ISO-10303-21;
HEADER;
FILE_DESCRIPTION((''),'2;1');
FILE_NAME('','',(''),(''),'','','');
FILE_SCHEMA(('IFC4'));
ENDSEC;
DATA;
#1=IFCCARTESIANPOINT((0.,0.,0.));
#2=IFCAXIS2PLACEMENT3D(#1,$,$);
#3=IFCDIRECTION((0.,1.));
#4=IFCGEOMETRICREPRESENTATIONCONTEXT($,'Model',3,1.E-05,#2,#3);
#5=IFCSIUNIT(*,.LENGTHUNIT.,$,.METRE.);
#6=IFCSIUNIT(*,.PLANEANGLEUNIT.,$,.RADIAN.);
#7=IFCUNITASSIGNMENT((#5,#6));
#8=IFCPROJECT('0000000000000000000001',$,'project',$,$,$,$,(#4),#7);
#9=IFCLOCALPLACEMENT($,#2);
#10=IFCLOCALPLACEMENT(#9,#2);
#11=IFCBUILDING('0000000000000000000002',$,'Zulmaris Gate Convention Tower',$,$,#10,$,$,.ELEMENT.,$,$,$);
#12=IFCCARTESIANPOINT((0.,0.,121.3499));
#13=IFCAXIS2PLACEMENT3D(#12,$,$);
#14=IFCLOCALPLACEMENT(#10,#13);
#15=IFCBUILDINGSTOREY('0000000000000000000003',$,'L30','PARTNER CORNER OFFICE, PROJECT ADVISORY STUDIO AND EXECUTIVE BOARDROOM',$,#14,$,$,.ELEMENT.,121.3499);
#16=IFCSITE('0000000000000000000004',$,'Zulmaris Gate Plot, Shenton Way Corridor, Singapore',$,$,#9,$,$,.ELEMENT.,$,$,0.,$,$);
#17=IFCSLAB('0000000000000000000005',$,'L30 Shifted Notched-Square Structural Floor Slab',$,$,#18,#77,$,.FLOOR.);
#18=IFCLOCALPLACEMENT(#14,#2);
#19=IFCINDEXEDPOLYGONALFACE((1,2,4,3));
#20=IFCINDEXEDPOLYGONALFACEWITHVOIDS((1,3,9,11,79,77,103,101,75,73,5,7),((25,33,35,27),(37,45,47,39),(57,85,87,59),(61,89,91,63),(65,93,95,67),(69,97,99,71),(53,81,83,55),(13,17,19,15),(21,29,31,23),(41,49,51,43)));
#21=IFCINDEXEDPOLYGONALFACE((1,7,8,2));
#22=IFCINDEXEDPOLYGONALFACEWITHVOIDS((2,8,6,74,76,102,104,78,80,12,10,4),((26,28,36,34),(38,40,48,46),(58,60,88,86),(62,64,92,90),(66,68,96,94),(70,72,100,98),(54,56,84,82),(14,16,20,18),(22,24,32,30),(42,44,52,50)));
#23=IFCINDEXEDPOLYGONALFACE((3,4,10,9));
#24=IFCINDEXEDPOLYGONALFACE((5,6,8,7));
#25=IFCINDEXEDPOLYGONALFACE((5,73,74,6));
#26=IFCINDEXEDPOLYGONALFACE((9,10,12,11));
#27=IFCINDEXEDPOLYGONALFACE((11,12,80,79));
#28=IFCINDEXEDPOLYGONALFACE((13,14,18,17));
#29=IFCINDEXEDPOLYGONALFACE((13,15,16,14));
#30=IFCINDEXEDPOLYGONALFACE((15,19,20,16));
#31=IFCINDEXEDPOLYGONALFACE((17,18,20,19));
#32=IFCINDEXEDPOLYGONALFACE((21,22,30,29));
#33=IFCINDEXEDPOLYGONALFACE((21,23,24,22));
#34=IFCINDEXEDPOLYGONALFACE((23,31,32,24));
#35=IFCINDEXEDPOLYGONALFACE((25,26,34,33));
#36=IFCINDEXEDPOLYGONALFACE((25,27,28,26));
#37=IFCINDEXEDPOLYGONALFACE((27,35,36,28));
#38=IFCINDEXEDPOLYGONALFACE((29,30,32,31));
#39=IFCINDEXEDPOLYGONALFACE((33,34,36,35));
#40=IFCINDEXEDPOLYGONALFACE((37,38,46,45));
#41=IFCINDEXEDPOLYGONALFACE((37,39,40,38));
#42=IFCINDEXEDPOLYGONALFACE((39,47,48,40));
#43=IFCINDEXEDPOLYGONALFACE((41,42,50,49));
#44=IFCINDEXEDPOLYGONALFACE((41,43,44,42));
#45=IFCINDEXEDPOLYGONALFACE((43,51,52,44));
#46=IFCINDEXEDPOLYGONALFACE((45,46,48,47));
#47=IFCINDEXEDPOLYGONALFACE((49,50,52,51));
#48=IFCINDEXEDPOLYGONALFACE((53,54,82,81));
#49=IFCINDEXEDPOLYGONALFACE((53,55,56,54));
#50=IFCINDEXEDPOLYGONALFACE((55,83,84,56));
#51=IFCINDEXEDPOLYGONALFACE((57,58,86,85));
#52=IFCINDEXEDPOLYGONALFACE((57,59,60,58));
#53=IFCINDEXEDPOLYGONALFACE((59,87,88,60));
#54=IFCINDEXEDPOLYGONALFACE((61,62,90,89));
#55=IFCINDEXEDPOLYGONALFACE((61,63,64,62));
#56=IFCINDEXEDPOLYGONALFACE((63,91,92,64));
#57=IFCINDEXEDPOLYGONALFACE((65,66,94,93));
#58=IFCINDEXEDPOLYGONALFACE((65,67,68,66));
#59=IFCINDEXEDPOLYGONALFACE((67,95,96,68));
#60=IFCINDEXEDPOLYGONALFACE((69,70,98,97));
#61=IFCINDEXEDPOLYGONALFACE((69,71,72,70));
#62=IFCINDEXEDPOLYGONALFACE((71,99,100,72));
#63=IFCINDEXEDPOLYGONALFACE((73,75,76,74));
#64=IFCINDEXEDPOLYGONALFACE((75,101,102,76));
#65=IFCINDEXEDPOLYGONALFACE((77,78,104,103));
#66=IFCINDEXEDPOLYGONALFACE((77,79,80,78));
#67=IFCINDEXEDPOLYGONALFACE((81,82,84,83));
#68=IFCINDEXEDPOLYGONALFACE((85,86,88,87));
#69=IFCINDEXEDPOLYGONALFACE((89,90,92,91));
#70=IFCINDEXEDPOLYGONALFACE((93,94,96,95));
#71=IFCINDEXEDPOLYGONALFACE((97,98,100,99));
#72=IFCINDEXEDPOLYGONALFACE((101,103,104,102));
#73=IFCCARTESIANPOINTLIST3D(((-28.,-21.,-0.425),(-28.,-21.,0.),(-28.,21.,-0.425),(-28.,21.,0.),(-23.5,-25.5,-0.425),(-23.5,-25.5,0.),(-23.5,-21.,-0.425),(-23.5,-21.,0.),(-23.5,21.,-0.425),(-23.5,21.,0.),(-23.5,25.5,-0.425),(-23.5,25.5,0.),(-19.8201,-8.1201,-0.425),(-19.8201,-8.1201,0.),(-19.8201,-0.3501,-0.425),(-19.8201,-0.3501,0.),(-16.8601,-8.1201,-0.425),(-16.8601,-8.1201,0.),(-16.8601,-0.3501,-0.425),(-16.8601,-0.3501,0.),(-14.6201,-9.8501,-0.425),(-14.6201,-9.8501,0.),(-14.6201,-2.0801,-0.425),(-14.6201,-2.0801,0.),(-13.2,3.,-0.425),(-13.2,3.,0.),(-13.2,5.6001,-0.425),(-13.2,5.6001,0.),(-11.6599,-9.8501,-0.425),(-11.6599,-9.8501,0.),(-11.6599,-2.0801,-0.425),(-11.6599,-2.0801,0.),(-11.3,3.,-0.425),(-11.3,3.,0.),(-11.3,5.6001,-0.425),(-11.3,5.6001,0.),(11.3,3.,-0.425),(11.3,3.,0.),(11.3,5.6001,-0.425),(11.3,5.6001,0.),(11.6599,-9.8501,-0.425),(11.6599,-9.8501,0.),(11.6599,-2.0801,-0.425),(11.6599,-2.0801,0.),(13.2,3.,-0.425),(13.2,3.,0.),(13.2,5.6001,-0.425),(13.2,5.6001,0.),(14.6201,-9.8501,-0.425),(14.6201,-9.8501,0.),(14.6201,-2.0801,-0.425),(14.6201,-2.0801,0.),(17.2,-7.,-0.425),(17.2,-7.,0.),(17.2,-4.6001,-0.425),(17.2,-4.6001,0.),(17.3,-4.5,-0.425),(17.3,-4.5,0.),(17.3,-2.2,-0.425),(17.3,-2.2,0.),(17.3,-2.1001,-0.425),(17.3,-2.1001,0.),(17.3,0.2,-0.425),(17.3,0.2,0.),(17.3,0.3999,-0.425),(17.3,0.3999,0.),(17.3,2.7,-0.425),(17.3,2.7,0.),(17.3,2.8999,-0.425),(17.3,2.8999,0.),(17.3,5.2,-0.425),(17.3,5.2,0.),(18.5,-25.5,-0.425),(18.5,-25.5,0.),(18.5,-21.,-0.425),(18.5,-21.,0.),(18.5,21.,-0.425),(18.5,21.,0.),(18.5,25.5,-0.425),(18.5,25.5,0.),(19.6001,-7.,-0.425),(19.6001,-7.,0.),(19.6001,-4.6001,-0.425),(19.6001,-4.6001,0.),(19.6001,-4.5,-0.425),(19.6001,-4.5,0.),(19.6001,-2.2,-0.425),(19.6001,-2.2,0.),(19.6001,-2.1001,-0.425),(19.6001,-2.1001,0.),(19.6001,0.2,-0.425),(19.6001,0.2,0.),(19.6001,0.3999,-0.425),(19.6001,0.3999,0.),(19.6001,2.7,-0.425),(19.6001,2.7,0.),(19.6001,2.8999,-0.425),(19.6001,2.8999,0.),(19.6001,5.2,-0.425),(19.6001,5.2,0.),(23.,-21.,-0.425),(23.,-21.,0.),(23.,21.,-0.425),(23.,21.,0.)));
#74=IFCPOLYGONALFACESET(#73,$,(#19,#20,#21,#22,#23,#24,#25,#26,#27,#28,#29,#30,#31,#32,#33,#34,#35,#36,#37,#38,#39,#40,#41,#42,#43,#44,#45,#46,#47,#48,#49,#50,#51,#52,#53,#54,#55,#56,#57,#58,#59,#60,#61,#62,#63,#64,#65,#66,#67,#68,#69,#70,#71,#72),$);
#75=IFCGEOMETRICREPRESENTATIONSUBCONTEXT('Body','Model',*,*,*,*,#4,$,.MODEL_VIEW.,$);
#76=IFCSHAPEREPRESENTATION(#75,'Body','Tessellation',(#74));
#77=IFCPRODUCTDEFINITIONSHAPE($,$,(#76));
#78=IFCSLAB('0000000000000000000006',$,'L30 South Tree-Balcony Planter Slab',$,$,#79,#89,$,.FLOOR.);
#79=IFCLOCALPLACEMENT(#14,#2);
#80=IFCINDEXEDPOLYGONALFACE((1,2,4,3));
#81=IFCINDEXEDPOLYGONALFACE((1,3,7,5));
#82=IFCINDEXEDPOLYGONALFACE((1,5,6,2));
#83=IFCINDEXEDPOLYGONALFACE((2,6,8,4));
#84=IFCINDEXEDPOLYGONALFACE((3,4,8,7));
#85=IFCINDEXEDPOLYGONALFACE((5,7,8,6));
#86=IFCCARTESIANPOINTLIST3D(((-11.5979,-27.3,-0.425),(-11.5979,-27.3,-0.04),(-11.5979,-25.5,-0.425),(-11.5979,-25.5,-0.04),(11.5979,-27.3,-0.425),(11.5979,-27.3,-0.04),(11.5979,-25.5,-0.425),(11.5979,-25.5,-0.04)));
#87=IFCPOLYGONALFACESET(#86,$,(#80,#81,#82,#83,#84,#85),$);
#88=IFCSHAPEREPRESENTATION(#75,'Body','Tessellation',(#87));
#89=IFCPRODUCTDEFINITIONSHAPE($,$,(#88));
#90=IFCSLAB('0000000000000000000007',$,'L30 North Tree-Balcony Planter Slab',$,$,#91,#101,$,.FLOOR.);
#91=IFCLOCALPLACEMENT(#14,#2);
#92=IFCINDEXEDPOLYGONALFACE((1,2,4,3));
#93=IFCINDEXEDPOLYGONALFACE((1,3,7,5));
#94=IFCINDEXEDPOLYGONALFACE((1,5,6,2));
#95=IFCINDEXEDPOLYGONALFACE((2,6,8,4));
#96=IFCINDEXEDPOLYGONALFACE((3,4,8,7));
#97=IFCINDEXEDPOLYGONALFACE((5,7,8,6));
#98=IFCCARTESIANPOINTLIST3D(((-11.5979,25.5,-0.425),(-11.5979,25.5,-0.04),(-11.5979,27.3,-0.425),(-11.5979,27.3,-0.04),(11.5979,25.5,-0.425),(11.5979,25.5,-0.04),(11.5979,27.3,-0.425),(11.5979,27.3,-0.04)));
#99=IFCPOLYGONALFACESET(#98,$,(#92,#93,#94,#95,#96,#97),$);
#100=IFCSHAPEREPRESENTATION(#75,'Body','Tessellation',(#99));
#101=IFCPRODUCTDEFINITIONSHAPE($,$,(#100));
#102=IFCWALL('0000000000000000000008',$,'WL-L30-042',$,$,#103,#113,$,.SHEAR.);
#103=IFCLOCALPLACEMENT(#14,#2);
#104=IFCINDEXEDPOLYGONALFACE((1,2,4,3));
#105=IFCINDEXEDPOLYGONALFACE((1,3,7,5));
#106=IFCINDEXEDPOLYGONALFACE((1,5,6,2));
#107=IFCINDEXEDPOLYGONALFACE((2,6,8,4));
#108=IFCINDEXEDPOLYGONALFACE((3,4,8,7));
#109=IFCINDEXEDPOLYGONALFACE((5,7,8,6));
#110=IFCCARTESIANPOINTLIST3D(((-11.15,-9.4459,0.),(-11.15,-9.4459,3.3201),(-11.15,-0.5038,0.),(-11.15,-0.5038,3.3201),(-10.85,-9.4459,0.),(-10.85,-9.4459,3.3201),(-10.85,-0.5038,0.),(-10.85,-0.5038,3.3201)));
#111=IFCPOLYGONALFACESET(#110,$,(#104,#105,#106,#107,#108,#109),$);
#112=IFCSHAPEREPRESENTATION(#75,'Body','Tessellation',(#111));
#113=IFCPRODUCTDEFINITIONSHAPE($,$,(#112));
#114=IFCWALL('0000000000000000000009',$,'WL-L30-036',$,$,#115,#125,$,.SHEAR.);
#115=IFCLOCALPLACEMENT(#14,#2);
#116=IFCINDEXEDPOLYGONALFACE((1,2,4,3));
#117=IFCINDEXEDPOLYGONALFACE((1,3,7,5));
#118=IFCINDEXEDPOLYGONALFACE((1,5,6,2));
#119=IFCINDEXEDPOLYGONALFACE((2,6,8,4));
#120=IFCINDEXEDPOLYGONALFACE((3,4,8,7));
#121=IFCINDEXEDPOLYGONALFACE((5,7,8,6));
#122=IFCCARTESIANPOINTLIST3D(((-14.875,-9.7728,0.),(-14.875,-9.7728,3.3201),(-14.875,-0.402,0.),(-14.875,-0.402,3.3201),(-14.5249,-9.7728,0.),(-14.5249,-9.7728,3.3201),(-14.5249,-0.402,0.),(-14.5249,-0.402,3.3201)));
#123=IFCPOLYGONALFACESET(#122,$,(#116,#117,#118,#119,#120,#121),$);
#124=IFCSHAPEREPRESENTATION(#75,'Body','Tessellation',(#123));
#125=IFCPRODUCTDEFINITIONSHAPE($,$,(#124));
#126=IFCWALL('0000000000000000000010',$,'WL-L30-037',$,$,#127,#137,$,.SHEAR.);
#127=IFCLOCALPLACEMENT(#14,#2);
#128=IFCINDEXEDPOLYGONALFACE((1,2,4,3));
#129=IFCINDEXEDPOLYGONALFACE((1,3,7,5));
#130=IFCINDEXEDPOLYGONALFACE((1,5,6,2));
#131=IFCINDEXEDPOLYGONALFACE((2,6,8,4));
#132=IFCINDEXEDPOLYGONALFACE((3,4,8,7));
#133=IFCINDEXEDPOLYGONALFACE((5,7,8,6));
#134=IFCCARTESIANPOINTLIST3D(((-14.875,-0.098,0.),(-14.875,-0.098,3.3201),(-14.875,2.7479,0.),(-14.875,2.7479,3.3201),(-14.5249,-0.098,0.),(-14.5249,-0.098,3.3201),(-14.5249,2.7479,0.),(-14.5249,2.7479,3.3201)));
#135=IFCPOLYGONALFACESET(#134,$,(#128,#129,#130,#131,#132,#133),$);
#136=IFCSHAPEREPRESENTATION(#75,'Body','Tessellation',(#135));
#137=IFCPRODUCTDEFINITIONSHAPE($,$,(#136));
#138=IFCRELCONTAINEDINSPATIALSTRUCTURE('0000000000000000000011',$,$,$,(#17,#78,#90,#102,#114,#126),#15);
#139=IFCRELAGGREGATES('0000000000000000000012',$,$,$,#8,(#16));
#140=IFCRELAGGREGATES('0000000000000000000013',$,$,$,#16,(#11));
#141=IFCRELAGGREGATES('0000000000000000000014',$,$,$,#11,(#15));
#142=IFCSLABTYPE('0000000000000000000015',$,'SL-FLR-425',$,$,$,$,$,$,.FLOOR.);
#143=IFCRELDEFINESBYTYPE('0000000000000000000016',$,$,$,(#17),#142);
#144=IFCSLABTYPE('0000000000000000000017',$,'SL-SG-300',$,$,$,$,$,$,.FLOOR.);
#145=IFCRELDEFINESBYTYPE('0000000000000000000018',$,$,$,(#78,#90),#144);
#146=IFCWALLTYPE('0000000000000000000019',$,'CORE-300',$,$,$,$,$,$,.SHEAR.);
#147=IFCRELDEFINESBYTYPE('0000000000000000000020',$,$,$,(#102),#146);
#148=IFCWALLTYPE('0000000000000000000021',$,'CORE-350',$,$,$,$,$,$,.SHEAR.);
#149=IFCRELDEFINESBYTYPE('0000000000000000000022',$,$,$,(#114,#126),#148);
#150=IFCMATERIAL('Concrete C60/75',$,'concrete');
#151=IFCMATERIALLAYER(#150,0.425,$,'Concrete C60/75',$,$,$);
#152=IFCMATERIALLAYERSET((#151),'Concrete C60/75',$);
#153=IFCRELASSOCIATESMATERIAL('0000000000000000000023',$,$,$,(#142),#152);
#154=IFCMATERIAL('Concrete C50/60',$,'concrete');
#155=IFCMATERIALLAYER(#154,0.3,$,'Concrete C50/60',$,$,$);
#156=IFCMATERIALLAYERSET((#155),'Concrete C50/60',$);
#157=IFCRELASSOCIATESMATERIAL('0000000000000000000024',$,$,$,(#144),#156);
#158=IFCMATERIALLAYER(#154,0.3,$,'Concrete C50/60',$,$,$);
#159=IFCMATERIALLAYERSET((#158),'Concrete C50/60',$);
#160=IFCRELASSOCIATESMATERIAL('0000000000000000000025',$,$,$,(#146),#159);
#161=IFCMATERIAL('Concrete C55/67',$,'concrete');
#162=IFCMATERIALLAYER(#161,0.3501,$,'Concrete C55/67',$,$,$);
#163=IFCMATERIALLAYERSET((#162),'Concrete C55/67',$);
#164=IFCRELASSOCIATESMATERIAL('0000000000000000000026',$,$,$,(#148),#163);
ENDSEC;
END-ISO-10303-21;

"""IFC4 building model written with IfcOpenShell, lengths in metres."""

from ifc_helpers import new_model, si_unit, direction, frame, frame_2d, origin, place, context, subcontext, project, spatial, polyline, rectangle, outline, extrude, material, layer, layer_set, type_object, element, save


model = new_model("IFC4")

# Units and contexts
model_context = context("Model", 3, precision=1e-05, world=origin(), true_north=direction((0.0, 1.0)))
body_context = subcontext(model_context, "Body", "Model", "MODEL_VIEW")
ifc_project = project(units=[si_unit("LENGTHUNIT", "METRE"), si_unit("PLANEANGLEUNIT", "RADIAN")], contexts=[model_context])

# Site, building, storey
site_placement = place(None, origin())
site = spatial("IfcSite", under=ifc_project, at=site_placement, Name="Zulmaris Gate Plot, Shenton Way Corridor, Singapore", CompositionType="ELEMENT", RefElevation=0.0)
building_placement = place(site_placement, origin())
building = spatial("IfcBuilding", under=site, at=building_placement, Name="Zulmaris Gate Convention Tower", CompositionType="ELEMENT")
storey_placement = place(building_placement, frame((0.0, 0.0, 121.3499)))
storey = spatial("IfcBuildingStorey", under=building, at=storey_placement, Name="L30", Description="PARTNER CORNER OFFICE, PROJECT ADVISORY STUDIO AND EXECUTIVE BOARDROOM", CompositionType="ELEMENT", Elevation=121.3499)

# Shared definitions
ifc_material_1 = material(Name="Concrete C60/75", Category="concrete")

# Slabs
ifc_layer_1 = layer(ifc_material_1, 0.425, Name="Concrete C60/75")
ifc_layer_set_1 = layer_set([ifc_layer_1], Name="Concrete C60/75")
slab_type_1 = type_object("IfcSlabType", Name="SL-FLR-425", PredefinedType="FLOOR", material=ifc_layer_set_1)
slab_1_placement = place(storey_placement, frame((0.0, 0.0, -0.425)))
element("IfcSlab", 1, at=slab_1_placement, inside=storey, type_object=slab_type_1, Name="L30 Shifted Notched-Square Structural Floor Slab", PredefinedType="FLOOR", context=body_context, shape_type="SweptSolid", body=[
    extrude(outline(polyline([(-23.5, -25.5), (18.5, -25.5), (18.5, -21.0), (23.0, -21.0), (23.0, 21.0), (18.5, 21.0), (18.5, 25.5), (-23.5, 25.5), (-23.5, 21.0), (-28.0, 21.0), (-28.0, -21.0), (-23.5, -21.0), (-23.5, -25.5)]), holes=[polyline([(-14.6201, -2.0801), (-14.6201, -9.8501), (-11.6599, -9.8501), (-11.6599, -2.0801), (-14.6201, -2.0801)]), polyline([(11.6599, -2.0801), (11.6599, -9.8501), (14.6201, -9.8501), (14.6201, -2.0801), (11.6599, -2.0801)]), polyline([(-16.8601, -8.1201), (-16.8601, -0.3501), (-19.8201, -0.3501), (-19.8201, -8.1201), (-16.8601, -8.1201)]), polyline([(-13.2, 3.0), (-11.3, 3.0), (-11.3, 5.6001), (-13.2, 5.6001), (-13.2, 3.0)]), polyline([(11.3, 3.0), (13.2, 3.0), (13.2, 5.6001), (11.3, 5.6001), (11.3, 3.0)]), polyline([(17.2, -7.0), (19.6001, -7.0), (19.6001, -4.6001), (17.2, -4.6001), (17.2, -7.0)]), polyline([(17.3, -4.5), (19.6001, -4.5), (19.6001, -2.2), (17.3, -2.2), (17.3, -4.5)]), polyline([(17.3, -2.1001), (19.6001, -2.1001), (19.6001, 0.2), (17.3, 0.2), (17.3, -2.1001)]), polyline([(17.3, 0.3999), (19.6001, 0.3999), (19.6001, 2.7), (17.3, 2.7), (17.3, 0.3999)]), polyline([(17.3, 2.8999), (19.6001, 2.8999), (19.6001, 5.2), (17.3, 5.2), (17.3, 2.8999)])]), origin(), (0.0, 0.0, 1.0), 0.425),
])
ifc_material_2 = material(Name="Concrete C50/60", Category="concrete")
ifc_layer_2 = layer(ifc_material_2, 0.3, Name="Concrete C50/60")
ifc_layer_set_2 = layer_set([ifc_layer_2], Name="Concrete C50/60")
slab_type_2 = type_object("IfcSlabType", Name="SL-SG-300", PredefinedType="FLOOR", material=ifc_layer_set_2)
slab_2_placement = place(storey_placement, frame((0.0, 0.0, -0.425)))
element("IfcSlab", 2, at=slab_2_placement, inside=storey, type_object=slab_type_2, Name="L30 South Tree-Balcony Planter Slab", PredefinedType="FLOOR", context=body_context, shape_type="SweptSolid", body=[
    extrude(outline(polyline([(-11.5979, -27.3), (-11.5979, -25.5), (11.5979, -25.5), (11.5979, -27.3), (-11.5979, -27.3)])), origin(), (0.0, 0.0, 1.0), 0.385),
])
slab_3_placement = place(storey_placement, frame((0.0, 0.0, -0.425)))
element("IfcSlab", 3, at=slab_3_placement, inside=storey, type_object=slab_type_2, Name="L30 North Tree-Balcony Planter Slab", PredefinedType="FLOOR", context=body_context, shape_type="SweptSolid", body=[
    extrude(outline(polyline([(11.5979, 27.3), (11.5979, 25.5), (-11.5979, 25.5), (-11.5979, 27.3), (11.5979, 27.3)])), origin(), (0.0, 0.0, 1.0), 0.385),
])

# Walls
ifc_layer_3 = layer(ifc_material_2, 0.3, Name="Concrete C50/60")
ifc_layer_set_3 = layer_set([ifc_layer_3], Name="Concrete C50/60")
wall_type_1 = type_object("IfcWallType", Name="CORE-300", PredefinedType="SHEAR", material=ifc_layer_set_3)
wall_1_placement = place(storey_placement, frame((-11.0, -9.446, 0.0), z_axis=(0.0, 0.0, 1.0), x_axis=(0.0, 1.0, 0.0)))
element("IfcWall", 4, at=wall_1_placement, inside=storey, type_object=wall_type_1, Name="WL-L30-042", PredefinedType="SHEAR", context=body_context, shape_type="SweptSolid", body=[
    extrude(rectangle(XDim=8.9421, YDim=0.3, at=frame_2d((4.4712, 0.0))), origin(), (0.0, 0.0, 1.0), 3.3201),
])
ifc_material_3 = material(Name="Concrete C55/67", Category="concrete")
ifc_layer_4 = layer(ifc_material_3, 0.3501, Name="Concrete C55/67")
ifc_layer_set_4 = layer_set([ifc_layer_4], Name="Concrete C55/67")
wall_type_2 = type_object("IfcWallType", Name="CORE-350", PredefinedType="SHEAR", material=ifc_layer_set_4)
wall_2_placement = place(storey_placement, frame((-14.7, -9.7729, 0.0), z_axis=(0.0, 0.0, 1.0), x_axis=(0.0, 1.0, 0.0)))
element("IfcWall", 5, at=wall_2_placement, inside=storey, type_object=wall_type_2, Name="WL-L30-036", PredefinedType="SHEAR", context=body_context, shape_type="SweptSolid", body=[
    extrude(rectangle(XDim=9.3708, YDim=0.3501, at=frame_2d((4.6855, 0.0))), origin(), (0.0, 0.0, 1.0), 3.3201),
])
wall_3_placement = place(storey_placement, frame((-14.7, -0.0979, 0.0), z_axis=(0.0, 0.0, 1.0), x_axis=(0.0, 1.0, 0.0)))
element("IfcWall", 6, at=wall_3_placement, inside=storey, type_object=wall_type_2, Name="WL-L30-037", PredefinedType="SHEAR", context=body_context, shape_type="SweptSolid", body=[
    extrude(rectangle(XDim=2.8459, YDim=0.3501, at=frame_2d((1.4229, 0.0))), origin(), (0.0, 0.0, 1.0), 3.3201),
])

save(model, "model.ifc")
